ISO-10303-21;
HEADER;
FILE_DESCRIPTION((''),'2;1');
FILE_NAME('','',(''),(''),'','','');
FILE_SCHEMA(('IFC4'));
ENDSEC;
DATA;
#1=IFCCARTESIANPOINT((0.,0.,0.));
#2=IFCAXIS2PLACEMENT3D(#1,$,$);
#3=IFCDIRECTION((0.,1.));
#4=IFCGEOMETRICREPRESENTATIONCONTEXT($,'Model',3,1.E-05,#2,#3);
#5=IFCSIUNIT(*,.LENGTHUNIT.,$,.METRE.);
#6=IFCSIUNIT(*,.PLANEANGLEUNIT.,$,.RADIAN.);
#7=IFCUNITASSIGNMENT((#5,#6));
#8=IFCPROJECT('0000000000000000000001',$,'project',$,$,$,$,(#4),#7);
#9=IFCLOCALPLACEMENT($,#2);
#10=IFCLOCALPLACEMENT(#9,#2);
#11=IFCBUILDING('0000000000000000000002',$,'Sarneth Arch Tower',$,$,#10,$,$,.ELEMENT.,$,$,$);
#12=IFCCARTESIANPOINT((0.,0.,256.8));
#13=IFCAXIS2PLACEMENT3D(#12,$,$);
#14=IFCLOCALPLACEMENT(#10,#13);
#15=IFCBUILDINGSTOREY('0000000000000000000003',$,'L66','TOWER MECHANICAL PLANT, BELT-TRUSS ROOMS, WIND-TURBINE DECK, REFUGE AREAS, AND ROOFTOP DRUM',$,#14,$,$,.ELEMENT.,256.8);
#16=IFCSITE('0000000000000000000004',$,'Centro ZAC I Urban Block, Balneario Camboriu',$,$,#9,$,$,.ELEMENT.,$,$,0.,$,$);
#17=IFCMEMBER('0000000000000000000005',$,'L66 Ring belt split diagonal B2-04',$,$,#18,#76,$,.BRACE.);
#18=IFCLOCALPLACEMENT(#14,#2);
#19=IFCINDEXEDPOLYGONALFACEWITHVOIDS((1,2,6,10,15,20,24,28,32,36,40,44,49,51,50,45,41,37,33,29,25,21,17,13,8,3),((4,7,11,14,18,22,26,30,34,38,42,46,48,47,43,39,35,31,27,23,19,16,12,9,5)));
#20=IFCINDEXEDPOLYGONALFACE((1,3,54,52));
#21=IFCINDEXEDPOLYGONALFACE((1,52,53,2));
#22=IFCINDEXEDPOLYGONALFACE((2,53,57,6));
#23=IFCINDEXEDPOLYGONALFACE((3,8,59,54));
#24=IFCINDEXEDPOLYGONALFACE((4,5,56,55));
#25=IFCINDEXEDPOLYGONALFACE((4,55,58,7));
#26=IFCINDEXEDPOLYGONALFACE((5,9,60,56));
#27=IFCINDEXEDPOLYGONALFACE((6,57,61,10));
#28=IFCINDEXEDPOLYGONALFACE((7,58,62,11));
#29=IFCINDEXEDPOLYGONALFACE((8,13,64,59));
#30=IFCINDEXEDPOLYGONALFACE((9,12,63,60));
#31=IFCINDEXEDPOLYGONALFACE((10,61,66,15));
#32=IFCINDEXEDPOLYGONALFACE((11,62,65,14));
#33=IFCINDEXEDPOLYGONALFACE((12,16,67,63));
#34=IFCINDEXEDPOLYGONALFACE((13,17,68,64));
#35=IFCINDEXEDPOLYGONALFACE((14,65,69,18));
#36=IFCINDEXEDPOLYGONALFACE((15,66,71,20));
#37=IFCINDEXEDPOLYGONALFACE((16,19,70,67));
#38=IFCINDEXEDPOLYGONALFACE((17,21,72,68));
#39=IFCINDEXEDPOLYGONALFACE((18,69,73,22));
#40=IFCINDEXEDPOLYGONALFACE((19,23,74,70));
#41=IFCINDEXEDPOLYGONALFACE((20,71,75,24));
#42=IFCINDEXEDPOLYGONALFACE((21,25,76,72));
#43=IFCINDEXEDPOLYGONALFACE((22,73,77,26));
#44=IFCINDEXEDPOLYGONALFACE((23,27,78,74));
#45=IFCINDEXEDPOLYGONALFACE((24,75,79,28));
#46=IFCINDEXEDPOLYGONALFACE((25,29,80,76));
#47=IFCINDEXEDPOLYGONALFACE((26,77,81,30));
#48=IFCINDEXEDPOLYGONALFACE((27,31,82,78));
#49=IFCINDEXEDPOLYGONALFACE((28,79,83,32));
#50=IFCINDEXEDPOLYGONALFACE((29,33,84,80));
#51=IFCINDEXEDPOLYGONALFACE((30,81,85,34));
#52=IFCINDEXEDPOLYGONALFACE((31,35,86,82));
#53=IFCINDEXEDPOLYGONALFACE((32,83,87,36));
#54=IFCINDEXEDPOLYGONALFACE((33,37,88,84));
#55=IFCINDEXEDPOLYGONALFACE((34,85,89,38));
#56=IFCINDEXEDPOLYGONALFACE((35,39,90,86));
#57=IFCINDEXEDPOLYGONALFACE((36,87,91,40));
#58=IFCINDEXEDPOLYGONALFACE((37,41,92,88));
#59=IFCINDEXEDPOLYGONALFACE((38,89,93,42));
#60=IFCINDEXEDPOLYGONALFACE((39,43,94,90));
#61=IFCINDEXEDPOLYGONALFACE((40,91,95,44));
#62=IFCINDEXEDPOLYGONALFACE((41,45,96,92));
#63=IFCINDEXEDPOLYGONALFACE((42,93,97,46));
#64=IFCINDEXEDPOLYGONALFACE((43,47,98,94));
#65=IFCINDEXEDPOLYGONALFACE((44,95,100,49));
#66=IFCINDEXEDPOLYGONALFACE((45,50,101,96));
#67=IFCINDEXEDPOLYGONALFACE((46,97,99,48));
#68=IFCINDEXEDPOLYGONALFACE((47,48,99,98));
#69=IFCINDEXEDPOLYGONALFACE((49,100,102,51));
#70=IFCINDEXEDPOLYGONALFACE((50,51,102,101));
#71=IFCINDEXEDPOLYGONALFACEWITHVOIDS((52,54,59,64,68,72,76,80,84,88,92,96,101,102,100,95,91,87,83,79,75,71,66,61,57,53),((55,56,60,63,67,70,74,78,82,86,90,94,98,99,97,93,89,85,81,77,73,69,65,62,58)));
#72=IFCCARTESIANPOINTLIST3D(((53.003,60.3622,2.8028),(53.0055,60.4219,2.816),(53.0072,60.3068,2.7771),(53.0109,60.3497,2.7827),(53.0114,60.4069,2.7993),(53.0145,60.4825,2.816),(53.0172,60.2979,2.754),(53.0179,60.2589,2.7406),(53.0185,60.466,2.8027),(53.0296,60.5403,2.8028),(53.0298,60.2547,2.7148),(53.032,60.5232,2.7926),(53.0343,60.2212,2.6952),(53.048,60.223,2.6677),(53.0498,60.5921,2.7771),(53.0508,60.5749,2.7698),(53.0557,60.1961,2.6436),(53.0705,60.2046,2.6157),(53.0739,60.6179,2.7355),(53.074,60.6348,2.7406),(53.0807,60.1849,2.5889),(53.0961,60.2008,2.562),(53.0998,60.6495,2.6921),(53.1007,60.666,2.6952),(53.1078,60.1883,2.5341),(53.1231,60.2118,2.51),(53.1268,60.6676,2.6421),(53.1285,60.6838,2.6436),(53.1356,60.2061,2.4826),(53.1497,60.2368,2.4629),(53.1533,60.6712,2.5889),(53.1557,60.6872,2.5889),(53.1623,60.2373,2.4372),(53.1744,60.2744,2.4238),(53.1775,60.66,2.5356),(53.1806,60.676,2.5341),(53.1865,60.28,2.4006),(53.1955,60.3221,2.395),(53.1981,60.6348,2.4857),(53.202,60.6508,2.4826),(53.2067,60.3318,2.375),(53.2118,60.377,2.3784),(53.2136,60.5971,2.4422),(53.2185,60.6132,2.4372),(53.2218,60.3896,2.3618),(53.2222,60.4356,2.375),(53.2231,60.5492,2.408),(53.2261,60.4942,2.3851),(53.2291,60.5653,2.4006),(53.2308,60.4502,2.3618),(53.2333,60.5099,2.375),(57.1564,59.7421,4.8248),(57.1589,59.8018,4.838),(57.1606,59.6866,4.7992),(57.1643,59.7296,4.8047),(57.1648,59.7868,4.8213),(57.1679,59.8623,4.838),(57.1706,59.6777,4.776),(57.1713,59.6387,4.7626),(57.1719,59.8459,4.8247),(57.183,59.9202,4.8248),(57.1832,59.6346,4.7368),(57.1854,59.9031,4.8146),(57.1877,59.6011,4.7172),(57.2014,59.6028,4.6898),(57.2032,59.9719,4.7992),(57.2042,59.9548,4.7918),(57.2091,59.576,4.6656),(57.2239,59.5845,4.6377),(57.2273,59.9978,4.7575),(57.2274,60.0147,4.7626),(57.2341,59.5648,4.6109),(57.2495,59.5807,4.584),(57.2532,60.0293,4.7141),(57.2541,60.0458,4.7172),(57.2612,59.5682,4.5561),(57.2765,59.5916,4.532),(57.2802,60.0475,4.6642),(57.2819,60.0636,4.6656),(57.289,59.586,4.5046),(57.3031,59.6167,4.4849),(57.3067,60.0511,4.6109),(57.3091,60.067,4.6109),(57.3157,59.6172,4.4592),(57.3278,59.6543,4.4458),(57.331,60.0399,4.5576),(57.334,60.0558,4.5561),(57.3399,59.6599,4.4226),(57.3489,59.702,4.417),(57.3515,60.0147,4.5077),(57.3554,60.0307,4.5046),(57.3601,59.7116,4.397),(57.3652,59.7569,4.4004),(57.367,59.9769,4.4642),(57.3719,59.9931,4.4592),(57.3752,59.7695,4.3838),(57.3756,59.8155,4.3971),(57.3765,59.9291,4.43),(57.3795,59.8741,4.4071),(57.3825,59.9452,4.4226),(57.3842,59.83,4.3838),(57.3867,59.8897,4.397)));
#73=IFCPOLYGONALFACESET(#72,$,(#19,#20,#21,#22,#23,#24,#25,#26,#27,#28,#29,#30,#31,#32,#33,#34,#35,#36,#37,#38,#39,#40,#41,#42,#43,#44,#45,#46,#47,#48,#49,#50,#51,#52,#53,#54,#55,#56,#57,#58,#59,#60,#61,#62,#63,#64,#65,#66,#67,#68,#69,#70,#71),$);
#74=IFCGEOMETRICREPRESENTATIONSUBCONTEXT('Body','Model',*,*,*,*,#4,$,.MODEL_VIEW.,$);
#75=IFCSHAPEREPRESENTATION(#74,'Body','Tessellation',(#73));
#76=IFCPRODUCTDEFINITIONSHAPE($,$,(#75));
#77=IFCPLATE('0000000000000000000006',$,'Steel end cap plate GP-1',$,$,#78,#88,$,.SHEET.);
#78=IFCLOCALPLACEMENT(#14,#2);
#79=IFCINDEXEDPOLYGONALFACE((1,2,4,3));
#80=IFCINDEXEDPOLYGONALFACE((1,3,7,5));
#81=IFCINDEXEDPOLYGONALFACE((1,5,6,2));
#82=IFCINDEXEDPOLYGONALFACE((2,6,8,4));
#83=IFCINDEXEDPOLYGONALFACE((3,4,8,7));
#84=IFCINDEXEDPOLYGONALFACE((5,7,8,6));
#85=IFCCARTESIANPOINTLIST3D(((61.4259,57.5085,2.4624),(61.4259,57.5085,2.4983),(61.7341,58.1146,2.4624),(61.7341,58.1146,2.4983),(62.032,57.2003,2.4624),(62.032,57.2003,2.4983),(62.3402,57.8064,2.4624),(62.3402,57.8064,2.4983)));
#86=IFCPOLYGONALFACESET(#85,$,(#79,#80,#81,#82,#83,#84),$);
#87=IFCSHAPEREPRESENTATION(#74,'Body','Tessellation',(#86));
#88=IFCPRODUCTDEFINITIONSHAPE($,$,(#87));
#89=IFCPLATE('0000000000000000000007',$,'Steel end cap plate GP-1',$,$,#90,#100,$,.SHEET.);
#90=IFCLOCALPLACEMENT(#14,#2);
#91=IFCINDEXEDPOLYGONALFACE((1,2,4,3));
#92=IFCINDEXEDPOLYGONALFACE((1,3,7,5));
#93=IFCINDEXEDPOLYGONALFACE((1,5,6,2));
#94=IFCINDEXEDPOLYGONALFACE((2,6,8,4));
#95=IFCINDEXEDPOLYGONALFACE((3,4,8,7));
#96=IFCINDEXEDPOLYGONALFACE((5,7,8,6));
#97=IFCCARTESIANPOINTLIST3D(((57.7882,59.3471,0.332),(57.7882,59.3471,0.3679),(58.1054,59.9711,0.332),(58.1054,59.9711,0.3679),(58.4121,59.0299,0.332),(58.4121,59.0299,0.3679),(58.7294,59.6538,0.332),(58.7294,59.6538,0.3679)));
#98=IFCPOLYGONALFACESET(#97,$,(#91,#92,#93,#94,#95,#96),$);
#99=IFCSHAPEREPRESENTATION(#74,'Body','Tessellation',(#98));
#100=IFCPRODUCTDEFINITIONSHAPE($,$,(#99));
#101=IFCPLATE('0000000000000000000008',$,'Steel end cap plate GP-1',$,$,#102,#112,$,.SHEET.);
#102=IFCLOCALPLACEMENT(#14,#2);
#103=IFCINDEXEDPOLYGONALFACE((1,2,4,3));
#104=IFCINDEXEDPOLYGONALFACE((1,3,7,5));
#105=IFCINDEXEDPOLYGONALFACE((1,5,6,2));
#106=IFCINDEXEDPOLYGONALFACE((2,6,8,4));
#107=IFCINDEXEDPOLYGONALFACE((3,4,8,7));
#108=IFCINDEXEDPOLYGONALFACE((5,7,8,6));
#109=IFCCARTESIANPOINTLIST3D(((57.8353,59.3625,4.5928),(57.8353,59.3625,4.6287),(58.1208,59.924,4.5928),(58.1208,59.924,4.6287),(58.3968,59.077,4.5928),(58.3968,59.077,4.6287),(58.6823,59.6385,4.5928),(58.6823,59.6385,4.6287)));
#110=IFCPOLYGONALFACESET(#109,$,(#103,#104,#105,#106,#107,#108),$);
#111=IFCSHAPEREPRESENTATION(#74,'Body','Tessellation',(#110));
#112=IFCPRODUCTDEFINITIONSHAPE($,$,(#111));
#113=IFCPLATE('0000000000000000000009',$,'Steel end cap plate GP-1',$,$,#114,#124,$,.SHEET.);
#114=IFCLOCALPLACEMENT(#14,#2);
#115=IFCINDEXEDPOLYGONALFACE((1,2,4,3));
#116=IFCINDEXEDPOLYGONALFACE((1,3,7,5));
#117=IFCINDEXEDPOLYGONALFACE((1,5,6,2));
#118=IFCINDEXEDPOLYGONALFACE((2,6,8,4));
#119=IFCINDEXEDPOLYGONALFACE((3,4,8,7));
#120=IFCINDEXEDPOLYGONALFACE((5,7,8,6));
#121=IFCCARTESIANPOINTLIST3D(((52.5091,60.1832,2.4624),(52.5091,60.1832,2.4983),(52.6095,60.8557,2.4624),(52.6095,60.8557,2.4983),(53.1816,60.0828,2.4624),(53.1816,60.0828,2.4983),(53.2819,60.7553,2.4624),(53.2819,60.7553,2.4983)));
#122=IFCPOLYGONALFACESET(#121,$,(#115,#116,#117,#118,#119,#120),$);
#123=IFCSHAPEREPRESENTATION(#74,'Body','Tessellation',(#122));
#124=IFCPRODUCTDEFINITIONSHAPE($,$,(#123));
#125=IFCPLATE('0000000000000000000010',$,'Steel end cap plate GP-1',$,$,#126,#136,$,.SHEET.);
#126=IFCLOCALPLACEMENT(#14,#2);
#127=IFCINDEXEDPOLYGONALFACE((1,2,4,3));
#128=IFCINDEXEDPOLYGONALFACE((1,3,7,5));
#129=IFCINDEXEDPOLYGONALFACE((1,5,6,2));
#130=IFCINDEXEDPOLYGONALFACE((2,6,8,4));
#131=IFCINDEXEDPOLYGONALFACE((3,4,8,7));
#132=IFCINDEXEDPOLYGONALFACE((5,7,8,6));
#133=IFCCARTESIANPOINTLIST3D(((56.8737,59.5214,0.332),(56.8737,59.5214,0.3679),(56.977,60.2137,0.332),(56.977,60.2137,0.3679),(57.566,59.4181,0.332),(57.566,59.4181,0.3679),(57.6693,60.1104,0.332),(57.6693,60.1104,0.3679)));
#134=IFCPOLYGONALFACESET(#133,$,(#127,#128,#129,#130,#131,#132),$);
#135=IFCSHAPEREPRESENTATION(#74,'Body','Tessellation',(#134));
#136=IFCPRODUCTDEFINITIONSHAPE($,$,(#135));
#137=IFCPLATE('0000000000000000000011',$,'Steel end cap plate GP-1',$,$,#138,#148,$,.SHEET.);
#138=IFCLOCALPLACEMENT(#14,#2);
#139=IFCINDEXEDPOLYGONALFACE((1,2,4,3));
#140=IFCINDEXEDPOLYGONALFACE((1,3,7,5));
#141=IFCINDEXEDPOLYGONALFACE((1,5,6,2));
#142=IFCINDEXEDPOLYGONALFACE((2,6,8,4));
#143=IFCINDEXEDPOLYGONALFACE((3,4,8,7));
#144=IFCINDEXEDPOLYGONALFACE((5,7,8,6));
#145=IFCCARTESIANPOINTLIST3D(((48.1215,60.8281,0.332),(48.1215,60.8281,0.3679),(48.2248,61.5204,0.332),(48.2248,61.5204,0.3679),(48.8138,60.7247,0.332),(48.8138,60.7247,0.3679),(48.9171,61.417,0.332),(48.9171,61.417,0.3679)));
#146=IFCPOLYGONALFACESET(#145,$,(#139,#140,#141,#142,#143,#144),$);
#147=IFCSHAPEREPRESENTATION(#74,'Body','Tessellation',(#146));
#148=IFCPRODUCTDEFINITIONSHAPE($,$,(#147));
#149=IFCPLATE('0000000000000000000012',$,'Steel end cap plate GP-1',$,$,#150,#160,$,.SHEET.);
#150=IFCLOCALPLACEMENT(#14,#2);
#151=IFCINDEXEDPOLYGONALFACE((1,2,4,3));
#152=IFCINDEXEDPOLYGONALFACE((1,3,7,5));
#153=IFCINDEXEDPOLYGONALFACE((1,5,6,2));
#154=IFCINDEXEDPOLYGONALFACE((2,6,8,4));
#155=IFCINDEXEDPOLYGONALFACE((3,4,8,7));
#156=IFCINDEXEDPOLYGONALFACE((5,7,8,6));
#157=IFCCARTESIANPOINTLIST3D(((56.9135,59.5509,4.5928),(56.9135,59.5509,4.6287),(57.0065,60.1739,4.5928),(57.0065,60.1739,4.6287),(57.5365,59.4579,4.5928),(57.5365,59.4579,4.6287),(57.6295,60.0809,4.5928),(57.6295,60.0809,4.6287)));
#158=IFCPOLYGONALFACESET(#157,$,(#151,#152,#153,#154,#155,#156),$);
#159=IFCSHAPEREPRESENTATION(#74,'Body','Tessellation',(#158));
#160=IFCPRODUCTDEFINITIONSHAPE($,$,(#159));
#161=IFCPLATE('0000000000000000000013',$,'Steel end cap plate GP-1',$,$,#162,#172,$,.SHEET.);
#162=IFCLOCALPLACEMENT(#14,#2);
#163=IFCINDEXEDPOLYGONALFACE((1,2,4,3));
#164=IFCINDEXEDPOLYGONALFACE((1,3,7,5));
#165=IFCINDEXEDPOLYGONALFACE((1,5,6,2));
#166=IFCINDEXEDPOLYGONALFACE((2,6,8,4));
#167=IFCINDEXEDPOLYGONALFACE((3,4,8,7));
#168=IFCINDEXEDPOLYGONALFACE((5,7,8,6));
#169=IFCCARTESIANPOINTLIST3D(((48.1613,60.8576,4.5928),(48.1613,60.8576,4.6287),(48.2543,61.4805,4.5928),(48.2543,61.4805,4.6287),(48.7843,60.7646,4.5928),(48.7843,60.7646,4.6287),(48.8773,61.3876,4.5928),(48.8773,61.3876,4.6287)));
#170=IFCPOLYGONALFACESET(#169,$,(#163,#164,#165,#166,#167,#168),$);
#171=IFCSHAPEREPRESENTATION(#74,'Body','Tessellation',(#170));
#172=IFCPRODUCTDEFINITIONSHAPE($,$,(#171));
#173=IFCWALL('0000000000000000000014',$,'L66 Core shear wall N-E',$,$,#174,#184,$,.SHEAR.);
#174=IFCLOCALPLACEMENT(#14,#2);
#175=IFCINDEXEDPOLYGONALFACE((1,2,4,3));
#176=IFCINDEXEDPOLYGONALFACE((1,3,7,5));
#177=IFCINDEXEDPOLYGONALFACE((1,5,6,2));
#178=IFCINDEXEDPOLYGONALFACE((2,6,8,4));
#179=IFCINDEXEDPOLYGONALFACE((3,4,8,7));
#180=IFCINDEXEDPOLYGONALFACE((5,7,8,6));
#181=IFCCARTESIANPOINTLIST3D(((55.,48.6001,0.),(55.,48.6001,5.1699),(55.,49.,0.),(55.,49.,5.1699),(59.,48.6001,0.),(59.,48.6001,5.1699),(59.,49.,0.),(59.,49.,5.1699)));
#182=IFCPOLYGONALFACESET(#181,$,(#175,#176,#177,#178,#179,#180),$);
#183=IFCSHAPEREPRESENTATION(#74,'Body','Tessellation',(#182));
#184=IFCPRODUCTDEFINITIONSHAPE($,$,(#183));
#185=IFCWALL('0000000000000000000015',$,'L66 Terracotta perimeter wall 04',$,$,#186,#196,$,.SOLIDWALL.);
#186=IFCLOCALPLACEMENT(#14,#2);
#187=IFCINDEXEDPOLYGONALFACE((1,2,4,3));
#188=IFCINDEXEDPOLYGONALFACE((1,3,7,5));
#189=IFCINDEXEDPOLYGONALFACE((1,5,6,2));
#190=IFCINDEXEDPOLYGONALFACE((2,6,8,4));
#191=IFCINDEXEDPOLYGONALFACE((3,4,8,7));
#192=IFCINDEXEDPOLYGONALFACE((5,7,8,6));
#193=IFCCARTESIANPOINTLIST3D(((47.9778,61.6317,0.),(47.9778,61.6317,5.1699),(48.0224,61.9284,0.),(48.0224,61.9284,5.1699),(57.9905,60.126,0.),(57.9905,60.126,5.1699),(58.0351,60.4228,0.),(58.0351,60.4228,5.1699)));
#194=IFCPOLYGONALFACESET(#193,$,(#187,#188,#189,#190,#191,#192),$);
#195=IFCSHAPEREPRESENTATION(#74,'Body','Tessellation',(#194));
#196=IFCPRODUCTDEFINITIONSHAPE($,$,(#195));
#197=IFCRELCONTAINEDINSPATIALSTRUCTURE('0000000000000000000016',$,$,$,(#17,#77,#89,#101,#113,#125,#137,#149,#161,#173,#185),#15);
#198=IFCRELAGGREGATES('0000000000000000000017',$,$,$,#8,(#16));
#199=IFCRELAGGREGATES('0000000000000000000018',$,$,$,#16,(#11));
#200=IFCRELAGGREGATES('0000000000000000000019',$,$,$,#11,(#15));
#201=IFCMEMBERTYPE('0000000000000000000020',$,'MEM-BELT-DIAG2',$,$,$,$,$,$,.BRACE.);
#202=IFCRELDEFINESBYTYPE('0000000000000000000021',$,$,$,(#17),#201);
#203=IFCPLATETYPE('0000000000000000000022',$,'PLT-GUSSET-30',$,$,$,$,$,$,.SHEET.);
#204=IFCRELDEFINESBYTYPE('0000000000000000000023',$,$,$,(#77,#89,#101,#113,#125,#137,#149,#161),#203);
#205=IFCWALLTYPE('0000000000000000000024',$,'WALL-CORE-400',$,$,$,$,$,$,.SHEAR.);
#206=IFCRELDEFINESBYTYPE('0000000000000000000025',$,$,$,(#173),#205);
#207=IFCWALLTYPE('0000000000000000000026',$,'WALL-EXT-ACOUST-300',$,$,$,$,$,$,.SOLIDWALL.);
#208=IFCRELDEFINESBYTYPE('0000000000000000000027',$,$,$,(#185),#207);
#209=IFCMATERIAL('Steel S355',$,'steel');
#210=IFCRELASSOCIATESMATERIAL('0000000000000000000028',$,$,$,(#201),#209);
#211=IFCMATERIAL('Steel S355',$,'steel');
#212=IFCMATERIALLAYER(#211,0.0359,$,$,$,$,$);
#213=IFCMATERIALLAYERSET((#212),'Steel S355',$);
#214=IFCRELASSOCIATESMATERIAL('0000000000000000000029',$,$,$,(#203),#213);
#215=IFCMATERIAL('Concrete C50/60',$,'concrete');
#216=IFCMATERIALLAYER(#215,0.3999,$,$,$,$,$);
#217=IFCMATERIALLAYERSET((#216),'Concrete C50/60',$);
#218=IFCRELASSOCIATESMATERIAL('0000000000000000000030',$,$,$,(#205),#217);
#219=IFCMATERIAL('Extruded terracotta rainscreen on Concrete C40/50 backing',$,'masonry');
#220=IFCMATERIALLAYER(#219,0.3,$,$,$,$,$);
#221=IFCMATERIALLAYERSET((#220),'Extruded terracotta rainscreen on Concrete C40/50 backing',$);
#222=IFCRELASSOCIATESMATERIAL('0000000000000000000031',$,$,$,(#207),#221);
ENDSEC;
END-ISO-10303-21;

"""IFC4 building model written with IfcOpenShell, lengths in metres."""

from ifc_helpers import new_model, si_unit, direction, frame, frame_2d, origin, origin_2d, place, context, subcontext, project, spatial, rectangle, hollow_circle, extrude, material, layer, layer_set, material_profile, profile_set, type_object, element, save


model = new_model("IFC4")

# Units and contexts
model_context = context("Model", 3, precision=1e-05, world=origin(), true_north=direction((0.0, 1.0)))
body_context = subcontext(model_context, "Body", "Model", "MODEL_VIEW")
ifc_project = project(units=[si_unit("LENGTHUNIT", "METRE"), si_unit("PLANEANGLEUNIT", "RADIAN")], contexts=[model_context])

# Site, building, storey
site_placement = place(None, origin())
site = spatial("IfcSite", under=ifc_project, at=site_placement, Name="Centro ZAC I Urban Block, Balneario Camboriu", CompositionType="ELEMENT", RefElevation=0.0)
building_placement = place(site_placement, origin())
building = spatial("IfcBuilding", under=site, at=building_placement, Name="Sarneth Arch Tower", CompositionType="ELEMENT")
storey_placement = place(building_placement, frame((0.0, 0.0, 256.8)))
storey = spatial("IfcBuildingStorey", under=building, at=storey_placement, Name="L66", Description="TOWER MECHANICAL PLANT, BELT-TRUSS ROOMS, WIND-TURBINE DECK, REFUGE AREAS, AND ROOFTOP DRUM", CompositionType="ELEMENT", Elevation=256.8)

# Member
ifc_material_1 = material(Name="Steel S355", Category="steel")
ifc_material_profile_1 = material_profile(ifc_material_1, hollow_circle(Radius=0.2539, WallThickness=0.0161, at=origin_2d()), Name="CHS508x16")
ifc_profile_set_1 = profile_set([ifc_material_profile_1], Name="Steel S355")
member_type_1 = type_object("IfcMemberType", Name="MEM-BELT-DIAG2", PredefinedType="BRACE", material=ifc_profile_set_1)
for number, where, z_axis, x_axis, name in (
    (1, (53.1182, 60.436, 2.5889), (0.891119, -0.13305, 0.433826), (0.147669, 0.989037, 0.0), "L66 Ring belt split diagonal B2-04"),
):
    element("IfcMember", number, at=place(storey_placement, frame(where, z_axis=z_axis, x_axis=x_axis)), inside=storey, type_object=member_type_1, Name=name, PredefinedType="BRACE", context=body_context, shape_type="SweptSolid", body=[
        extrude(hollow_circle(Radius=0.2539, WallThickness=0.0161, at=origin_2d()), origin(), (0.0, 0.0, 1.0), 4.6609),
    ])

# Plates
ifc_material_2 = material(Name="Steel S355", Category="steel")
ifc_layer_1 = layer(ifc_material_2, 0.0359)
ifc_layer_set_1 = layer_set([ifc_layer_1], Name="Steel S355")
plate_type = type_object("IfcPlateType", Name="PLT-GUSSET-30", PredefinedType="SHEET", material=ifc_layer_set_1)
plate_1_placement = place(storey_placement, frame((61.8831, 57.6575, 2.4624), z_axis=(0.0, 0.0, 1.0), x_axis=(-0.891402, 0.453213, 0.0)))
element("IfcPlate", 2, at=plate_1_placement, inside=storey, type_object=plate_type, Name="Steel end cap plate GP-1", PredefinedType="SHEET", context=body_context, shape_type="SweptSolid", body=[
    extrude(rectangle(XDim=0.6799, YDim=0.6799, at=origin_2d()), origin(), (0.0, 0.0, 1.0), 0.0359),
])
plate_2_placement = place(storey_placement, frame((58.2588, 59.5005, 0.332), z_axis=(0.0, 0.0, 1.0), x_axis=(-0.891402, 0.453213, 0.0)))
element("IfcPlate", 3, at=plate_2_placement, inside=storey, type_object=plate_type, Name="Steel end cap plate GP-1", PredefinedType="SHEET", context=body_context, shape_type="SweptSolid", body=[
    extrude(rectangle(XDim=0.7, YDim=0.7, at=origin_2d()), origin(), (0.0, 0.0, 1.0), 0.0359),
])
plate_3_placement = place(storey_placement, frame((58.2588, 59.5005, 4.5928), z_axis=(0.0, 0.0, 1.0), x_axis=(-0.891402, 0.453213, 0.0)))
element("IfcPlate", 4, at=plate_3_placement, inside=storey, type_object=plate_type, Name="Steel end cap plate GP-1", PredefinedType="SHEET", context=body_context, shape_type="SweptSolid", body=[
    extrude(rectangle(XDim=0.6299, YDim=0.6299, at=origin_2d()), origin(), (0.0, 0.0, 1.0), 0.0359),
])
plate_4_placement = place(storey_placement, frame((52.8955, 60.4692, 2.4624), z_axis=(0.0, 0.0, 1.0), x_axis=(-0.989042, 0.147637, 0.0)))
element("IfcPlate", 5, at=plate_4_placement, inside=storey, type_object=plate_type, Name="Steel end cap plate GP-1", PredefinedType="SHEET", context=body_context, shape_type="SweptSolid", body=[
    extrude(rectangle(XDim=0.6799, YDim=0.6799, at=origin_2d()), origin(), (0.0, 0.0, 1.0), 0.0359),
])
for number, where, z_axis, x_axis, name in (
    (6, (57.2715, 59.8159, 0.332), (0.0, 0.0, 1.0), (0.989042, -0.147637, 0.0), "Steel end cap plate GP-1"),
    (7, (48.5193, 61.1226, 0.332), (0.0, 0.0, 1.0), (-0.989042, 0.147637, 0.0), "Steel end cap plate GP-1"),
):
    element("IfcPlate", number, at=place(storey_placement, frame(where, z_axis=z_axis, x_axis=x_axis)), inside=storey, type_object=plate_type, Name=name, PredefinedType="SHEET", context=body_context, shape_type="SweptSolid", body=[
        extrude(rectangle(XDim=0.7, YDim=0.7, at=origin_2d()), origin(), (0.0, 0.0, 1.0), 0.0359),
    ])
for number, where, z_axis, x_axis, name in (
    (8, (57.2715, 59.8159, 4.5928), (0.0, 0.0, 1.0), (0.989042, -0.147637, 0.0), "Steel end cap plate GP-1"),
    (9, (48.5193, 61.1226, 4.5928), (0.0, 0.0, 1.0), (-0.989042, 0.147637, 0.0), "Steel end cap plate GP-1"),
):
    element("IfcPlate", number, at=place(storey_placement, frame(where, z_axis=z_axis, x_axis=x_axis)), inside=storey, type_object=plate_type, Name=name, PredefinedType="SHEET", context=body_context, shape_type="SweptSolid", body=[
        extrude(rectangle(XDim=0.6299, YDim=0.6299, at=origin_2d()), origin(), (0.0, 0.0, 1.0), 0.0359),
    ])

# Walls
ifc_material_3 = material(Name="Concrete C50/60", Category="concrete")
ifc_layer_2 = layer(ifc_material_3, 0.3999)
ifc_layer_set_2 = layer_set([ifc_layer_2], Name="Concrete C50/60")
wall_type_1 = type_object("IfcWallType", Name="WALL-CORE-400", PredefinedType="SHEAR", material=ifc_layer_set_2)
wall_1_placement = place(storey_placement, frame((55.0, 48.8, 0.0), z_axis=(0.0, 0.0, 1.0), x_axis=(1.0, 0.0, 0.0)))
element("IfcWall", 10, at=wall_1_placement, inside=storey, type_object=wall_type_1, Name="L66 Core shear wall N-E", PredefinedType="SHEAR", context=body_context, shape_type="SweptSolid", body=[
    extrude(rectangle(XDim=4.0, YDim=0.3999, at=frame_2d((2.0, 0.0))), origin(), (0.0, 0.0, 1.0), 5.1699),
])
ifc_material_4 = material(Name="Extruded terracotta rainscreen on Concrete C40/50 backing", Category="masonry")
ifc_layer_3 = layer(ifc_material_4, 0.3)
ifc_layer_set_3 = layer_set([ifc_layer_3], Name="Extruded terracotta rainscreen on Concrete C40/50 backing")
wall_type_2 = type_object("IfcWallType", Name="WALL-EXT-ACOUST-300", PredefinedType="SOLIDWALL", material=ifc_layer_set_3)
for number, where, z_axis, x_axis, name in (
    (11, (58.0127, 60.2744, 0.0), (0.0, 0.0, 1.0), (-0.988883, 0.148699, 0.0), "L66 Terracotta perimeter wall 04"),
):
    element("IfcWall", number, at=place(storey_placement, frame(where, z_axis=z_axis, x_axis=x_axis)), inside=storey, type_object=wall_type_2, Name=name, PredefinedType="SOLIDWALL", context=body_context, shape_type="SweptSolid", body=[
        extrude(rectangle(XDim=10.1252, YDim=0.3, at=frame_2d((5.0625, 0.0))), origin(), (0.0, 0.0, 1.0), 5.1699),
    ])

save(model, "model.ifc")
